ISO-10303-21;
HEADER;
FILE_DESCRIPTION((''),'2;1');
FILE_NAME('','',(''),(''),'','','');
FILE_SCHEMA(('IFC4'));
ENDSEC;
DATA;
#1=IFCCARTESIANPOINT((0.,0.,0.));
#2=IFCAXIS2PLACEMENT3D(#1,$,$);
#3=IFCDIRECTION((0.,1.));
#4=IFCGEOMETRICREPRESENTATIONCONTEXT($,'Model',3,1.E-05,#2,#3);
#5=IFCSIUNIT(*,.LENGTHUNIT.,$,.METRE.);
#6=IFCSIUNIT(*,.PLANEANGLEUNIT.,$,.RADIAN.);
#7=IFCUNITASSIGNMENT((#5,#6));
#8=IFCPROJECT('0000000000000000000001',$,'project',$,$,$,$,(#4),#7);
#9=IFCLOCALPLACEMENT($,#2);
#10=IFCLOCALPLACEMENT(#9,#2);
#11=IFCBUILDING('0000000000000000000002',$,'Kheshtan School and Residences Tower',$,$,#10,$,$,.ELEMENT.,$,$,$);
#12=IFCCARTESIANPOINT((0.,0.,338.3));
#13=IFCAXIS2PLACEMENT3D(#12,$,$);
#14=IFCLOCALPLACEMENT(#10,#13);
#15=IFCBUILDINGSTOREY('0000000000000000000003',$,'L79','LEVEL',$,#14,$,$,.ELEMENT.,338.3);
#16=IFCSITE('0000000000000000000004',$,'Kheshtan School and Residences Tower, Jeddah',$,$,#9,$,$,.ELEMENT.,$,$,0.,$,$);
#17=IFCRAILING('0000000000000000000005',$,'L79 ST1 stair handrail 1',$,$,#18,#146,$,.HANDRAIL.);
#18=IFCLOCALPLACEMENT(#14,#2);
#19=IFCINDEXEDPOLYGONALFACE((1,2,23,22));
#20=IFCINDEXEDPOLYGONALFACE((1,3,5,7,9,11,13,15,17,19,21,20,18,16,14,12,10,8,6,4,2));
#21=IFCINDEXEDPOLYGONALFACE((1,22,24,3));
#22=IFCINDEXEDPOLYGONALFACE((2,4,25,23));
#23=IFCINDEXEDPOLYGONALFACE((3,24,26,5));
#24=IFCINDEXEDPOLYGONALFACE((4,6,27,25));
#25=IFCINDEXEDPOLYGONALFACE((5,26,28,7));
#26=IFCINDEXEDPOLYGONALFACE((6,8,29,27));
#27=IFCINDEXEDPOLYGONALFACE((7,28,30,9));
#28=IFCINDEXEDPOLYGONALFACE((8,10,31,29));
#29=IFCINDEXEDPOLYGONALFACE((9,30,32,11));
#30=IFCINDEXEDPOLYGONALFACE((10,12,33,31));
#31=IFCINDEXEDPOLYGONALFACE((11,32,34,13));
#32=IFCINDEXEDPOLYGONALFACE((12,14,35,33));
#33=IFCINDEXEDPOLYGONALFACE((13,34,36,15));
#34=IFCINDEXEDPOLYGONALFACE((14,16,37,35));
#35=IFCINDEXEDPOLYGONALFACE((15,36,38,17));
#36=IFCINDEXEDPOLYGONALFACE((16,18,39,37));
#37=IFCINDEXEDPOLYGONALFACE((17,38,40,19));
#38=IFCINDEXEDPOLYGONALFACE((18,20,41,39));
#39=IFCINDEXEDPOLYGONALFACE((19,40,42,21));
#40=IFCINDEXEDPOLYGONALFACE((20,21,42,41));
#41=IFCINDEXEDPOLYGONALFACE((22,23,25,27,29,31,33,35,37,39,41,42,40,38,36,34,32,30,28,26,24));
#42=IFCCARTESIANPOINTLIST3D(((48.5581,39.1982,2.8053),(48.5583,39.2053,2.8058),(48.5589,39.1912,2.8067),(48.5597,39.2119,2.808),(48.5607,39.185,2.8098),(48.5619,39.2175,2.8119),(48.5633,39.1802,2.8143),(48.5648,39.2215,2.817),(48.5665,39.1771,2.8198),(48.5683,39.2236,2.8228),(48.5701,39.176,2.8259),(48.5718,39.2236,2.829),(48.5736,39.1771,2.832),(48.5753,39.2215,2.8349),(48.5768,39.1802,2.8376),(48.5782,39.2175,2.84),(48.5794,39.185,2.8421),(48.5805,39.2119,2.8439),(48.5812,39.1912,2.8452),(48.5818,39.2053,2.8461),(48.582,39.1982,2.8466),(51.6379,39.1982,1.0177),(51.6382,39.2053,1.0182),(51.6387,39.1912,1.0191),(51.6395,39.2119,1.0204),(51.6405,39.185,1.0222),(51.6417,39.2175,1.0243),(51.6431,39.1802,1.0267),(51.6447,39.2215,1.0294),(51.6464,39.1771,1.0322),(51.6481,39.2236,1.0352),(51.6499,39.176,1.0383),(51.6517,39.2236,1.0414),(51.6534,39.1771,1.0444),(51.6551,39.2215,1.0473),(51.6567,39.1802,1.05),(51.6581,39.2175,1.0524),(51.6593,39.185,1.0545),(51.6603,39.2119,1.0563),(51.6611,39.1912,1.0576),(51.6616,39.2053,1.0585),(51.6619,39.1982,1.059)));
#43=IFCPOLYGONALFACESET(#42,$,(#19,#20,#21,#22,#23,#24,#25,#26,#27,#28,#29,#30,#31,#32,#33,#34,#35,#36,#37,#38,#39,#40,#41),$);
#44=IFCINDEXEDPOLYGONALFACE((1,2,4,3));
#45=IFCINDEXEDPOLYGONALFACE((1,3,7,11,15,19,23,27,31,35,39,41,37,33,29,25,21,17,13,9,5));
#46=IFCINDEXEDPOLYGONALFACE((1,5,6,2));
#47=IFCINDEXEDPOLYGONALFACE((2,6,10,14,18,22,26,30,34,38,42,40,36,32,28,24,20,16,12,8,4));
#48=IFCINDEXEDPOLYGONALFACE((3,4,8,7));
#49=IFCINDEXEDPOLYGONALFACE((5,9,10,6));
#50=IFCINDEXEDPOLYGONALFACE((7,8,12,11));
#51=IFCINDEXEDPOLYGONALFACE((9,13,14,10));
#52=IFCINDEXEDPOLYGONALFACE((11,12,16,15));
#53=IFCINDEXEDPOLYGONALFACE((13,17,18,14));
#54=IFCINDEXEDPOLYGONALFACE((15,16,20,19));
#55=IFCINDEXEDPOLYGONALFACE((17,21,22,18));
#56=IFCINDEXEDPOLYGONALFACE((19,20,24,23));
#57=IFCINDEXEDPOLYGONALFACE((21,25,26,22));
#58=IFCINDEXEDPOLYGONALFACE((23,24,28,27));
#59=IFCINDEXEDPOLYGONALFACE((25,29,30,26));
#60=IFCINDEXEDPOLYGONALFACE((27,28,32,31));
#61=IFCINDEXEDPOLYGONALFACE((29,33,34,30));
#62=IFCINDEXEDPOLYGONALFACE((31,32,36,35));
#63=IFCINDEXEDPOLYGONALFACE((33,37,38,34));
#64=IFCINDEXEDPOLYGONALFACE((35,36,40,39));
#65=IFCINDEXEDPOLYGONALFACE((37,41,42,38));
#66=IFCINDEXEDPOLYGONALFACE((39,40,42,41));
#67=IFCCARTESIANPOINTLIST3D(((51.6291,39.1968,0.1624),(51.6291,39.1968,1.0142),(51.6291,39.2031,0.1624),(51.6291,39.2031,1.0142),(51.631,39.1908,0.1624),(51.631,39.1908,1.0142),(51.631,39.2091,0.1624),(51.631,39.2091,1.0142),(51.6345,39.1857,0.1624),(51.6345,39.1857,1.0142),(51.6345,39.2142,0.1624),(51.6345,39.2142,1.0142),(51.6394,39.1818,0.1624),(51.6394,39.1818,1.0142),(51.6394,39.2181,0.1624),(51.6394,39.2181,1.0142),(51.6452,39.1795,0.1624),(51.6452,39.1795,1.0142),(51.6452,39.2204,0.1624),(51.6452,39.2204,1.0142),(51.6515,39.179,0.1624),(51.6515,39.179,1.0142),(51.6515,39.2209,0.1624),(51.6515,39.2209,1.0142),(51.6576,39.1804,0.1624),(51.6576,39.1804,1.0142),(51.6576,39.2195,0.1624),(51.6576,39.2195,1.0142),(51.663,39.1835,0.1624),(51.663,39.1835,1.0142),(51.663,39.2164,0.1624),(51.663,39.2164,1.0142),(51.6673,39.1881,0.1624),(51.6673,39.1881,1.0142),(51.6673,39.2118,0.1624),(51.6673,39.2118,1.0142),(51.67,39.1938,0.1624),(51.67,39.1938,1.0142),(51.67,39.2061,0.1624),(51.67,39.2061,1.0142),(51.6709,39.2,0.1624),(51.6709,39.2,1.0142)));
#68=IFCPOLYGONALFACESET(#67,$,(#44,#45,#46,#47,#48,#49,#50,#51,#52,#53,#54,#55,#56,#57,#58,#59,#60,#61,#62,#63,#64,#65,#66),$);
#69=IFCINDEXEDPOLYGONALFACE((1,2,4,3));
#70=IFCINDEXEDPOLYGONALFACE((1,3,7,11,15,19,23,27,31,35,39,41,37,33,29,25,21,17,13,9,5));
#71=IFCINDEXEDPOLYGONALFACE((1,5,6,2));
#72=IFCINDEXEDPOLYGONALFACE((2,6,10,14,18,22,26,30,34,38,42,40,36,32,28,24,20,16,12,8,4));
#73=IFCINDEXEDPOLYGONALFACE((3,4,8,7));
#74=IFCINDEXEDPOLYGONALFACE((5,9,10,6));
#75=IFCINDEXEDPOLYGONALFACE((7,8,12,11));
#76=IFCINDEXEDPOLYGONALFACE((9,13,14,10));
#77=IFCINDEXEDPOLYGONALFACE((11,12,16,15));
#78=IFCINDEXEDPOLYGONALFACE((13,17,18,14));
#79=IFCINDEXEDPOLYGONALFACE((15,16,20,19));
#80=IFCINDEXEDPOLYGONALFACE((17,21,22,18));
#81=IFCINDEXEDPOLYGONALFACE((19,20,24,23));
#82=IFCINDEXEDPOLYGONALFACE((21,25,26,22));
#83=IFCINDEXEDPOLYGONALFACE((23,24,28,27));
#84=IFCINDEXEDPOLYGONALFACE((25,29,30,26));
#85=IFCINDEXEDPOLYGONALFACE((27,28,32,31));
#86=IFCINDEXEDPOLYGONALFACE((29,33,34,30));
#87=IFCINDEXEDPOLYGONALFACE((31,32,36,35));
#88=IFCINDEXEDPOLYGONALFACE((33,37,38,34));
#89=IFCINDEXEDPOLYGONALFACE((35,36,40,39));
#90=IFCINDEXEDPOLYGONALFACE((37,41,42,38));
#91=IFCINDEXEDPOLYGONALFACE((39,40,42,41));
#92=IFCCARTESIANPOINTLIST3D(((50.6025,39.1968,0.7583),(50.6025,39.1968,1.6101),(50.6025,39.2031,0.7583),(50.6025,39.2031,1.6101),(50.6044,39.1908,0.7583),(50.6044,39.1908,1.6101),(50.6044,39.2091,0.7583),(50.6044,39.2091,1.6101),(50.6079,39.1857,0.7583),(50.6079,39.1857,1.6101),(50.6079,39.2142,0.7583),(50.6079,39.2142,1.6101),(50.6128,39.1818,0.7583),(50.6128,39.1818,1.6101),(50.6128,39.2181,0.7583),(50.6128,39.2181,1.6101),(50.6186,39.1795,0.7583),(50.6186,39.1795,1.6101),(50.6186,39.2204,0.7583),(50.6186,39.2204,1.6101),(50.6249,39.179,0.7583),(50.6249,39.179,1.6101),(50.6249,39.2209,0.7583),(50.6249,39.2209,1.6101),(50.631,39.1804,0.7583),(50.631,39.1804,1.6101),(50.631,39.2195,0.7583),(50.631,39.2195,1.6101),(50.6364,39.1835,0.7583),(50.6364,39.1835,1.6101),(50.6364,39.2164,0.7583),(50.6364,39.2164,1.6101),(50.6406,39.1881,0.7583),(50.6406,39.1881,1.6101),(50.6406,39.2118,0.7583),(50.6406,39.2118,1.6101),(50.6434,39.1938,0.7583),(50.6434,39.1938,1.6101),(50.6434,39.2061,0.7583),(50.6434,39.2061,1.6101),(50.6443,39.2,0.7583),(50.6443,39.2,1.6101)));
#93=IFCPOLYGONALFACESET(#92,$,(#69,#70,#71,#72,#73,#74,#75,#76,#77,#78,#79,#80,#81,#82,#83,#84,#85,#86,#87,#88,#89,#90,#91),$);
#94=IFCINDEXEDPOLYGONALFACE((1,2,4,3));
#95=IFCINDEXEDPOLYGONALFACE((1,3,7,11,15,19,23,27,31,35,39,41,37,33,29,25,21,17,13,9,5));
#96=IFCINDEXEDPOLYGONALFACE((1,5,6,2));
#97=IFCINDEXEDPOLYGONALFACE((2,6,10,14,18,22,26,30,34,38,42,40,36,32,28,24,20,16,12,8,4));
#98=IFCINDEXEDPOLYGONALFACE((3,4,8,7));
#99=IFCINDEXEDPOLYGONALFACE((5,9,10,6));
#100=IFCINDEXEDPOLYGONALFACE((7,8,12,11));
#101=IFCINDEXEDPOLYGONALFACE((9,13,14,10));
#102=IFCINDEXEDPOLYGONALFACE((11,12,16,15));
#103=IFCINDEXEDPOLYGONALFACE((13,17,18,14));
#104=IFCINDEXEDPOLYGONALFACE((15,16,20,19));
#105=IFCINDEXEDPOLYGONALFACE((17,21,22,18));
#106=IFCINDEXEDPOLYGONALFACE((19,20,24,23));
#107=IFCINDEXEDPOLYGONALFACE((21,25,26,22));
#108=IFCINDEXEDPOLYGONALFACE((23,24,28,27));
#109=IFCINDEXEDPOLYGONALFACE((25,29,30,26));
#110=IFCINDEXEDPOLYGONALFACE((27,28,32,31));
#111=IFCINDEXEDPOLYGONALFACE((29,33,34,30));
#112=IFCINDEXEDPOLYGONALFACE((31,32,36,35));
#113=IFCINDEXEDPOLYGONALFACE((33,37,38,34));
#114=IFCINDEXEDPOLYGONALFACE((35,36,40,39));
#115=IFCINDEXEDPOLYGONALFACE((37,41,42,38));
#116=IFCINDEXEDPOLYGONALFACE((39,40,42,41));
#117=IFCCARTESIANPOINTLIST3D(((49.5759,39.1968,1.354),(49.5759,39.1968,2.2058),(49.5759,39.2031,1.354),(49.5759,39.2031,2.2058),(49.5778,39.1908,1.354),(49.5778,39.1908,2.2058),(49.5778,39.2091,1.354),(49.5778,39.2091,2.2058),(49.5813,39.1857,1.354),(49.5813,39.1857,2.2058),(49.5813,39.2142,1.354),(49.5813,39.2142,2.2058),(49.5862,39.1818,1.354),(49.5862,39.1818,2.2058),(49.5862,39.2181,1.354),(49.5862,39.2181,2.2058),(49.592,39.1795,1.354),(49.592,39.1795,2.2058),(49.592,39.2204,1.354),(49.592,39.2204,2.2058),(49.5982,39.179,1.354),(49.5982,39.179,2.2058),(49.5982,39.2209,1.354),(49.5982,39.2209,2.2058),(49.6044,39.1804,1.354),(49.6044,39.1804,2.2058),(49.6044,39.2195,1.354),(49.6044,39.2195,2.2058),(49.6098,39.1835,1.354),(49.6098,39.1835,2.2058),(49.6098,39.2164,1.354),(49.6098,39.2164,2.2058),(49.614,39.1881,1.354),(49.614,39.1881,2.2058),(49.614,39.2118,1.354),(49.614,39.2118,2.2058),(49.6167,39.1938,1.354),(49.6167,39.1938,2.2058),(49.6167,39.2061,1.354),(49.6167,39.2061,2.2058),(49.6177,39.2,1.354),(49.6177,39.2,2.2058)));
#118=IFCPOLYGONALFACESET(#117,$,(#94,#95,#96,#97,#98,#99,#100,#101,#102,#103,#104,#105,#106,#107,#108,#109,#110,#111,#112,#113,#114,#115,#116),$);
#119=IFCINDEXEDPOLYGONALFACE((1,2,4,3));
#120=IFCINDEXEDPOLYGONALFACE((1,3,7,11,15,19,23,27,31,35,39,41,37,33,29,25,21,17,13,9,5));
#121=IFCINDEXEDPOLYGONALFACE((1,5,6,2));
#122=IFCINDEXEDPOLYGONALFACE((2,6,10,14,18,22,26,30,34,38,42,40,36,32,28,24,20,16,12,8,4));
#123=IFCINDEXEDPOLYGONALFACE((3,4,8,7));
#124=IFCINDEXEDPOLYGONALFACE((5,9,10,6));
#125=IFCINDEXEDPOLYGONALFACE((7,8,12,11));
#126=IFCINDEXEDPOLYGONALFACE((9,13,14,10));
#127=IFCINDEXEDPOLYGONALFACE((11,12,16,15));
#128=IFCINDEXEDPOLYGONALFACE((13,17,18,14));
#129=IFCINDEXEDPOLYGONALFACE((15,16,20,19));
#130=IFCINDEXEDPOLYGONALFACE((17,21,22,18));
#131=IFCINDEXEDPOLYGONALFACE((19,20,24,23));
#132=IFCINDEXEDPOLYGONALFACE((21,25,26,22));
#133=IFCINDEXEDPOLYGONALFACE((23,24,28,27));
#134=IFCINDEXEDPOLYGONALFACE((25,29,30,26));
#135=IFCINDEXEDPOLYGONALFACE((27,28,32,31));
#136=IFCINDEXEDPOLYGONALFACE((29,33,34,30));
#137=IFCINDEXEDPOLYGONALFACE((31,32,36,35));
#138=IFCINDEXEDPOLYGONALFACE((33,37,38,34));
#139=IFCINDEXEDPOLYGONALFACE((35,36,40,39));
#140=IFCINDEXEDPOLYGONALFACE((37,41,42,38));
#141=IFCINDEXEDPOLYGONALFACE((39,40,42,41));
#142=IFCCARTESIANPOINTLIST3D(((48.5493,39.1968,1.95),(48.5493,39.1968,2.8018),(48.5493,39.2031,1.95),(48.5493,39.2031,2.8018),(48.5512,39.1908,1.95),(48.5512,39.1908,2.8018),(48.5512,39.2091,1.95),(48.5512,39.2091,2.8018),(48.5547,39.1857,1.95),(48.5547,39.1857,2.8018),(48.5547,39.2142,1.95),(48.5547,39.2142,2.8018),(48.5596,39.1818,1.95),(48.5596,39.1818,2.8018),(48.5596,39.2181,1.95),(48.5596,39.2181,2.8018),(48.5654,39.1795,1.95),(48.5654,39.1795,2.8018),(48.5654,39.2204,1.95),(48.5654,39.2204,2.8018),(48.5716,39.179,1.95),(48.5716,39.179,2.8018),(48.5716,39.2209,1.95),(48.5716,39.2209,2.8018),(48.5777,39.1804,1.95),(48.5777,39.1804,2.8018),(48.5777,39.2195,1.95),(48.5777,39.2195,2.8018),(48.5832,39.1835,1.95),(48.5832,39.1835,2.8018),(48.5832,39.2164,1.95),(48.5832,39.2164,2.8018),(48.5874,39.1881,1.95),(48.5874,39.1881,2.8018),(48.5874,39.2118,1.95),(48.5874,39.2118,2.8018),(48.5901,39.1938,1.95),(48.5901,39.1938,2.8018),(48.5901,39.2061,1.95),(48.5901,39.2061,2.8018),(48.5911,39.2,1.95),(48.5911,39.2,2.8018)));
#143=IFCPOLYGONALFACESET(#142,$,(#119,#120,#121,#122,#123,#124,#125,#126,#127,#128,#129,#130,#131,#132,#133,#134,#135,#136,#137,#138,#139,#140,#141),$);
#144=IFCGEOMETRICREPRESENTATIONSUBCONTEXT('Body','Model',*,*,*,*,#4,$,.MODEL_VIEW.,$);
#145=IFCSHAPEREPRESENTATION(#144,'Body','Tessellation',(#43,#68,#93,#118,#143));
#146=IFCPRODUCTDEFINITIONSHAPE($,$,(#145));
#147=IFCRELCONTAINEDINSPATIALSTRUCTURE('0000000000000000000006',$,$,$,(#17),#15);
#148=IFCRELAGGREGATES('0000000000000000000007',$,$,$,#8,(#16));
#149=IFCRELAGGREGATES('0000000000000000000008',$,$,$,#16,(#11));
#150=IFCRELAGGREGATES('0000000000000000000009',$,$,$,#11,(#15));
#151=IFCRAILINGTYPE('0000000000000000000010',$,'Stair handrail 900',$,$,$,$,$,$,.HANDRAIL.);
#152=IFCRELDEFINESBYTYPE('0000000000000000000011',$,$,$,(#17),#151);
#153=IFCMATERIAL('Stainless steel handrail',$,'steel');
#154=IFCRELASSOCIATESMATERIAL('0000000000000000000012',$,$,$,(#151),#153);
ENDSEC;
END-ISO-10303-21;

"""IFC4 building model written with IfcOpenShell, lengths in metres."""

from ifc_helpers import new_model, si_unit, direction, frame, origin, origin_2d, place, context, subcontext, project, spatial, circle, extrude, material, type_object, element, save


model = new_model("IFC4")

# Units and contexts
model_context = context("Model", 3, precision=1e-05, world=origin(), true_north=direction((0.0, 1.0)))
body_context = subcontext(model_context, "Body", "Model", "MODEL_VIEW")
ifc_project = project(units=[si_unit("LENGTHUNIT", "METRE"), si_unit("PLANEANGLEUNIT", "RADIAN")], contexts=[model_context])

# Site, building, storey
site_placement = place(None, origin())
site = spatial("IfcSite", under=ifc_project, at=site_placement, Name="Kheshtan School and Residences Tower, Jeddah", CompositionType="ELEMENT", RefElevation=0.0)
building_placement = place(site_placement, origin())
building = spatial("IfcBuilding", under=site, at=building_placement, Name="Kheshtan School and Residences Tower", CompositionType="ELEMENT")
storey_placement = place(building_placement, frame((0.0, 0.0, 338.3)))
storey = spatial("IfcBuildingStorey", under=building, at=storey_placement, Name="L79", Description="LEVEL", CompositionType="ELEMENT", Elevation=338.3)

# Railing
ifc_material_1 = material(Name="Stainless steel handrail", Category="steel")
railing_type_1 = type_object("IfcRailingType", Name="Stair handrail 900", PredefinedType="HANDRAIL", material=ifc_material_1)
railing_1_placement = place(storey_placement, frame((51.6499, 39.2, 0.1624)))
element("IfcRailing", 1, at=railing_1_placement, inside=storey, type_object=railing_type_1, Name="L79 ST1 stair handrail 1", PredefinedType="HANDRAIL", context=body_context, shape_type="SweptSolid", body=[
    extrude(circle(Radius=0.0239, at=origin_2d()), frame((0.0, 0.0, 0.876), z_axis=(-0.864873, 0.0, 0.50199), x_axis=(0.0, -1.0, 0.0)), (0.0, 0.0, 1.0), 3.561),
    extrude(circle(Radius=0.021, at=origin_2d()), origin(), (0.0, 0.0, 1.0), 0.8518),
    extrude(circle(Radius=0.021, at=origin_2d()), frame((-1.0266, 0.0, 0.5959)), (0.0, 0.0, 1.0), 0.8518),
    extrude(circle(Radius=0.021, at=origin_2d()), frame((-2.0532, 0.0, 1.1917)), (0.0, 0.0, 1.0), 0.8518),
    extrude(circle(Radius=0.021, at=origin_2d()), frame((-3.0798, 0.0, 1.7876)), (0.0, 0.0, 1.0), 0.8518),
])

save(model, "model.ifc")
